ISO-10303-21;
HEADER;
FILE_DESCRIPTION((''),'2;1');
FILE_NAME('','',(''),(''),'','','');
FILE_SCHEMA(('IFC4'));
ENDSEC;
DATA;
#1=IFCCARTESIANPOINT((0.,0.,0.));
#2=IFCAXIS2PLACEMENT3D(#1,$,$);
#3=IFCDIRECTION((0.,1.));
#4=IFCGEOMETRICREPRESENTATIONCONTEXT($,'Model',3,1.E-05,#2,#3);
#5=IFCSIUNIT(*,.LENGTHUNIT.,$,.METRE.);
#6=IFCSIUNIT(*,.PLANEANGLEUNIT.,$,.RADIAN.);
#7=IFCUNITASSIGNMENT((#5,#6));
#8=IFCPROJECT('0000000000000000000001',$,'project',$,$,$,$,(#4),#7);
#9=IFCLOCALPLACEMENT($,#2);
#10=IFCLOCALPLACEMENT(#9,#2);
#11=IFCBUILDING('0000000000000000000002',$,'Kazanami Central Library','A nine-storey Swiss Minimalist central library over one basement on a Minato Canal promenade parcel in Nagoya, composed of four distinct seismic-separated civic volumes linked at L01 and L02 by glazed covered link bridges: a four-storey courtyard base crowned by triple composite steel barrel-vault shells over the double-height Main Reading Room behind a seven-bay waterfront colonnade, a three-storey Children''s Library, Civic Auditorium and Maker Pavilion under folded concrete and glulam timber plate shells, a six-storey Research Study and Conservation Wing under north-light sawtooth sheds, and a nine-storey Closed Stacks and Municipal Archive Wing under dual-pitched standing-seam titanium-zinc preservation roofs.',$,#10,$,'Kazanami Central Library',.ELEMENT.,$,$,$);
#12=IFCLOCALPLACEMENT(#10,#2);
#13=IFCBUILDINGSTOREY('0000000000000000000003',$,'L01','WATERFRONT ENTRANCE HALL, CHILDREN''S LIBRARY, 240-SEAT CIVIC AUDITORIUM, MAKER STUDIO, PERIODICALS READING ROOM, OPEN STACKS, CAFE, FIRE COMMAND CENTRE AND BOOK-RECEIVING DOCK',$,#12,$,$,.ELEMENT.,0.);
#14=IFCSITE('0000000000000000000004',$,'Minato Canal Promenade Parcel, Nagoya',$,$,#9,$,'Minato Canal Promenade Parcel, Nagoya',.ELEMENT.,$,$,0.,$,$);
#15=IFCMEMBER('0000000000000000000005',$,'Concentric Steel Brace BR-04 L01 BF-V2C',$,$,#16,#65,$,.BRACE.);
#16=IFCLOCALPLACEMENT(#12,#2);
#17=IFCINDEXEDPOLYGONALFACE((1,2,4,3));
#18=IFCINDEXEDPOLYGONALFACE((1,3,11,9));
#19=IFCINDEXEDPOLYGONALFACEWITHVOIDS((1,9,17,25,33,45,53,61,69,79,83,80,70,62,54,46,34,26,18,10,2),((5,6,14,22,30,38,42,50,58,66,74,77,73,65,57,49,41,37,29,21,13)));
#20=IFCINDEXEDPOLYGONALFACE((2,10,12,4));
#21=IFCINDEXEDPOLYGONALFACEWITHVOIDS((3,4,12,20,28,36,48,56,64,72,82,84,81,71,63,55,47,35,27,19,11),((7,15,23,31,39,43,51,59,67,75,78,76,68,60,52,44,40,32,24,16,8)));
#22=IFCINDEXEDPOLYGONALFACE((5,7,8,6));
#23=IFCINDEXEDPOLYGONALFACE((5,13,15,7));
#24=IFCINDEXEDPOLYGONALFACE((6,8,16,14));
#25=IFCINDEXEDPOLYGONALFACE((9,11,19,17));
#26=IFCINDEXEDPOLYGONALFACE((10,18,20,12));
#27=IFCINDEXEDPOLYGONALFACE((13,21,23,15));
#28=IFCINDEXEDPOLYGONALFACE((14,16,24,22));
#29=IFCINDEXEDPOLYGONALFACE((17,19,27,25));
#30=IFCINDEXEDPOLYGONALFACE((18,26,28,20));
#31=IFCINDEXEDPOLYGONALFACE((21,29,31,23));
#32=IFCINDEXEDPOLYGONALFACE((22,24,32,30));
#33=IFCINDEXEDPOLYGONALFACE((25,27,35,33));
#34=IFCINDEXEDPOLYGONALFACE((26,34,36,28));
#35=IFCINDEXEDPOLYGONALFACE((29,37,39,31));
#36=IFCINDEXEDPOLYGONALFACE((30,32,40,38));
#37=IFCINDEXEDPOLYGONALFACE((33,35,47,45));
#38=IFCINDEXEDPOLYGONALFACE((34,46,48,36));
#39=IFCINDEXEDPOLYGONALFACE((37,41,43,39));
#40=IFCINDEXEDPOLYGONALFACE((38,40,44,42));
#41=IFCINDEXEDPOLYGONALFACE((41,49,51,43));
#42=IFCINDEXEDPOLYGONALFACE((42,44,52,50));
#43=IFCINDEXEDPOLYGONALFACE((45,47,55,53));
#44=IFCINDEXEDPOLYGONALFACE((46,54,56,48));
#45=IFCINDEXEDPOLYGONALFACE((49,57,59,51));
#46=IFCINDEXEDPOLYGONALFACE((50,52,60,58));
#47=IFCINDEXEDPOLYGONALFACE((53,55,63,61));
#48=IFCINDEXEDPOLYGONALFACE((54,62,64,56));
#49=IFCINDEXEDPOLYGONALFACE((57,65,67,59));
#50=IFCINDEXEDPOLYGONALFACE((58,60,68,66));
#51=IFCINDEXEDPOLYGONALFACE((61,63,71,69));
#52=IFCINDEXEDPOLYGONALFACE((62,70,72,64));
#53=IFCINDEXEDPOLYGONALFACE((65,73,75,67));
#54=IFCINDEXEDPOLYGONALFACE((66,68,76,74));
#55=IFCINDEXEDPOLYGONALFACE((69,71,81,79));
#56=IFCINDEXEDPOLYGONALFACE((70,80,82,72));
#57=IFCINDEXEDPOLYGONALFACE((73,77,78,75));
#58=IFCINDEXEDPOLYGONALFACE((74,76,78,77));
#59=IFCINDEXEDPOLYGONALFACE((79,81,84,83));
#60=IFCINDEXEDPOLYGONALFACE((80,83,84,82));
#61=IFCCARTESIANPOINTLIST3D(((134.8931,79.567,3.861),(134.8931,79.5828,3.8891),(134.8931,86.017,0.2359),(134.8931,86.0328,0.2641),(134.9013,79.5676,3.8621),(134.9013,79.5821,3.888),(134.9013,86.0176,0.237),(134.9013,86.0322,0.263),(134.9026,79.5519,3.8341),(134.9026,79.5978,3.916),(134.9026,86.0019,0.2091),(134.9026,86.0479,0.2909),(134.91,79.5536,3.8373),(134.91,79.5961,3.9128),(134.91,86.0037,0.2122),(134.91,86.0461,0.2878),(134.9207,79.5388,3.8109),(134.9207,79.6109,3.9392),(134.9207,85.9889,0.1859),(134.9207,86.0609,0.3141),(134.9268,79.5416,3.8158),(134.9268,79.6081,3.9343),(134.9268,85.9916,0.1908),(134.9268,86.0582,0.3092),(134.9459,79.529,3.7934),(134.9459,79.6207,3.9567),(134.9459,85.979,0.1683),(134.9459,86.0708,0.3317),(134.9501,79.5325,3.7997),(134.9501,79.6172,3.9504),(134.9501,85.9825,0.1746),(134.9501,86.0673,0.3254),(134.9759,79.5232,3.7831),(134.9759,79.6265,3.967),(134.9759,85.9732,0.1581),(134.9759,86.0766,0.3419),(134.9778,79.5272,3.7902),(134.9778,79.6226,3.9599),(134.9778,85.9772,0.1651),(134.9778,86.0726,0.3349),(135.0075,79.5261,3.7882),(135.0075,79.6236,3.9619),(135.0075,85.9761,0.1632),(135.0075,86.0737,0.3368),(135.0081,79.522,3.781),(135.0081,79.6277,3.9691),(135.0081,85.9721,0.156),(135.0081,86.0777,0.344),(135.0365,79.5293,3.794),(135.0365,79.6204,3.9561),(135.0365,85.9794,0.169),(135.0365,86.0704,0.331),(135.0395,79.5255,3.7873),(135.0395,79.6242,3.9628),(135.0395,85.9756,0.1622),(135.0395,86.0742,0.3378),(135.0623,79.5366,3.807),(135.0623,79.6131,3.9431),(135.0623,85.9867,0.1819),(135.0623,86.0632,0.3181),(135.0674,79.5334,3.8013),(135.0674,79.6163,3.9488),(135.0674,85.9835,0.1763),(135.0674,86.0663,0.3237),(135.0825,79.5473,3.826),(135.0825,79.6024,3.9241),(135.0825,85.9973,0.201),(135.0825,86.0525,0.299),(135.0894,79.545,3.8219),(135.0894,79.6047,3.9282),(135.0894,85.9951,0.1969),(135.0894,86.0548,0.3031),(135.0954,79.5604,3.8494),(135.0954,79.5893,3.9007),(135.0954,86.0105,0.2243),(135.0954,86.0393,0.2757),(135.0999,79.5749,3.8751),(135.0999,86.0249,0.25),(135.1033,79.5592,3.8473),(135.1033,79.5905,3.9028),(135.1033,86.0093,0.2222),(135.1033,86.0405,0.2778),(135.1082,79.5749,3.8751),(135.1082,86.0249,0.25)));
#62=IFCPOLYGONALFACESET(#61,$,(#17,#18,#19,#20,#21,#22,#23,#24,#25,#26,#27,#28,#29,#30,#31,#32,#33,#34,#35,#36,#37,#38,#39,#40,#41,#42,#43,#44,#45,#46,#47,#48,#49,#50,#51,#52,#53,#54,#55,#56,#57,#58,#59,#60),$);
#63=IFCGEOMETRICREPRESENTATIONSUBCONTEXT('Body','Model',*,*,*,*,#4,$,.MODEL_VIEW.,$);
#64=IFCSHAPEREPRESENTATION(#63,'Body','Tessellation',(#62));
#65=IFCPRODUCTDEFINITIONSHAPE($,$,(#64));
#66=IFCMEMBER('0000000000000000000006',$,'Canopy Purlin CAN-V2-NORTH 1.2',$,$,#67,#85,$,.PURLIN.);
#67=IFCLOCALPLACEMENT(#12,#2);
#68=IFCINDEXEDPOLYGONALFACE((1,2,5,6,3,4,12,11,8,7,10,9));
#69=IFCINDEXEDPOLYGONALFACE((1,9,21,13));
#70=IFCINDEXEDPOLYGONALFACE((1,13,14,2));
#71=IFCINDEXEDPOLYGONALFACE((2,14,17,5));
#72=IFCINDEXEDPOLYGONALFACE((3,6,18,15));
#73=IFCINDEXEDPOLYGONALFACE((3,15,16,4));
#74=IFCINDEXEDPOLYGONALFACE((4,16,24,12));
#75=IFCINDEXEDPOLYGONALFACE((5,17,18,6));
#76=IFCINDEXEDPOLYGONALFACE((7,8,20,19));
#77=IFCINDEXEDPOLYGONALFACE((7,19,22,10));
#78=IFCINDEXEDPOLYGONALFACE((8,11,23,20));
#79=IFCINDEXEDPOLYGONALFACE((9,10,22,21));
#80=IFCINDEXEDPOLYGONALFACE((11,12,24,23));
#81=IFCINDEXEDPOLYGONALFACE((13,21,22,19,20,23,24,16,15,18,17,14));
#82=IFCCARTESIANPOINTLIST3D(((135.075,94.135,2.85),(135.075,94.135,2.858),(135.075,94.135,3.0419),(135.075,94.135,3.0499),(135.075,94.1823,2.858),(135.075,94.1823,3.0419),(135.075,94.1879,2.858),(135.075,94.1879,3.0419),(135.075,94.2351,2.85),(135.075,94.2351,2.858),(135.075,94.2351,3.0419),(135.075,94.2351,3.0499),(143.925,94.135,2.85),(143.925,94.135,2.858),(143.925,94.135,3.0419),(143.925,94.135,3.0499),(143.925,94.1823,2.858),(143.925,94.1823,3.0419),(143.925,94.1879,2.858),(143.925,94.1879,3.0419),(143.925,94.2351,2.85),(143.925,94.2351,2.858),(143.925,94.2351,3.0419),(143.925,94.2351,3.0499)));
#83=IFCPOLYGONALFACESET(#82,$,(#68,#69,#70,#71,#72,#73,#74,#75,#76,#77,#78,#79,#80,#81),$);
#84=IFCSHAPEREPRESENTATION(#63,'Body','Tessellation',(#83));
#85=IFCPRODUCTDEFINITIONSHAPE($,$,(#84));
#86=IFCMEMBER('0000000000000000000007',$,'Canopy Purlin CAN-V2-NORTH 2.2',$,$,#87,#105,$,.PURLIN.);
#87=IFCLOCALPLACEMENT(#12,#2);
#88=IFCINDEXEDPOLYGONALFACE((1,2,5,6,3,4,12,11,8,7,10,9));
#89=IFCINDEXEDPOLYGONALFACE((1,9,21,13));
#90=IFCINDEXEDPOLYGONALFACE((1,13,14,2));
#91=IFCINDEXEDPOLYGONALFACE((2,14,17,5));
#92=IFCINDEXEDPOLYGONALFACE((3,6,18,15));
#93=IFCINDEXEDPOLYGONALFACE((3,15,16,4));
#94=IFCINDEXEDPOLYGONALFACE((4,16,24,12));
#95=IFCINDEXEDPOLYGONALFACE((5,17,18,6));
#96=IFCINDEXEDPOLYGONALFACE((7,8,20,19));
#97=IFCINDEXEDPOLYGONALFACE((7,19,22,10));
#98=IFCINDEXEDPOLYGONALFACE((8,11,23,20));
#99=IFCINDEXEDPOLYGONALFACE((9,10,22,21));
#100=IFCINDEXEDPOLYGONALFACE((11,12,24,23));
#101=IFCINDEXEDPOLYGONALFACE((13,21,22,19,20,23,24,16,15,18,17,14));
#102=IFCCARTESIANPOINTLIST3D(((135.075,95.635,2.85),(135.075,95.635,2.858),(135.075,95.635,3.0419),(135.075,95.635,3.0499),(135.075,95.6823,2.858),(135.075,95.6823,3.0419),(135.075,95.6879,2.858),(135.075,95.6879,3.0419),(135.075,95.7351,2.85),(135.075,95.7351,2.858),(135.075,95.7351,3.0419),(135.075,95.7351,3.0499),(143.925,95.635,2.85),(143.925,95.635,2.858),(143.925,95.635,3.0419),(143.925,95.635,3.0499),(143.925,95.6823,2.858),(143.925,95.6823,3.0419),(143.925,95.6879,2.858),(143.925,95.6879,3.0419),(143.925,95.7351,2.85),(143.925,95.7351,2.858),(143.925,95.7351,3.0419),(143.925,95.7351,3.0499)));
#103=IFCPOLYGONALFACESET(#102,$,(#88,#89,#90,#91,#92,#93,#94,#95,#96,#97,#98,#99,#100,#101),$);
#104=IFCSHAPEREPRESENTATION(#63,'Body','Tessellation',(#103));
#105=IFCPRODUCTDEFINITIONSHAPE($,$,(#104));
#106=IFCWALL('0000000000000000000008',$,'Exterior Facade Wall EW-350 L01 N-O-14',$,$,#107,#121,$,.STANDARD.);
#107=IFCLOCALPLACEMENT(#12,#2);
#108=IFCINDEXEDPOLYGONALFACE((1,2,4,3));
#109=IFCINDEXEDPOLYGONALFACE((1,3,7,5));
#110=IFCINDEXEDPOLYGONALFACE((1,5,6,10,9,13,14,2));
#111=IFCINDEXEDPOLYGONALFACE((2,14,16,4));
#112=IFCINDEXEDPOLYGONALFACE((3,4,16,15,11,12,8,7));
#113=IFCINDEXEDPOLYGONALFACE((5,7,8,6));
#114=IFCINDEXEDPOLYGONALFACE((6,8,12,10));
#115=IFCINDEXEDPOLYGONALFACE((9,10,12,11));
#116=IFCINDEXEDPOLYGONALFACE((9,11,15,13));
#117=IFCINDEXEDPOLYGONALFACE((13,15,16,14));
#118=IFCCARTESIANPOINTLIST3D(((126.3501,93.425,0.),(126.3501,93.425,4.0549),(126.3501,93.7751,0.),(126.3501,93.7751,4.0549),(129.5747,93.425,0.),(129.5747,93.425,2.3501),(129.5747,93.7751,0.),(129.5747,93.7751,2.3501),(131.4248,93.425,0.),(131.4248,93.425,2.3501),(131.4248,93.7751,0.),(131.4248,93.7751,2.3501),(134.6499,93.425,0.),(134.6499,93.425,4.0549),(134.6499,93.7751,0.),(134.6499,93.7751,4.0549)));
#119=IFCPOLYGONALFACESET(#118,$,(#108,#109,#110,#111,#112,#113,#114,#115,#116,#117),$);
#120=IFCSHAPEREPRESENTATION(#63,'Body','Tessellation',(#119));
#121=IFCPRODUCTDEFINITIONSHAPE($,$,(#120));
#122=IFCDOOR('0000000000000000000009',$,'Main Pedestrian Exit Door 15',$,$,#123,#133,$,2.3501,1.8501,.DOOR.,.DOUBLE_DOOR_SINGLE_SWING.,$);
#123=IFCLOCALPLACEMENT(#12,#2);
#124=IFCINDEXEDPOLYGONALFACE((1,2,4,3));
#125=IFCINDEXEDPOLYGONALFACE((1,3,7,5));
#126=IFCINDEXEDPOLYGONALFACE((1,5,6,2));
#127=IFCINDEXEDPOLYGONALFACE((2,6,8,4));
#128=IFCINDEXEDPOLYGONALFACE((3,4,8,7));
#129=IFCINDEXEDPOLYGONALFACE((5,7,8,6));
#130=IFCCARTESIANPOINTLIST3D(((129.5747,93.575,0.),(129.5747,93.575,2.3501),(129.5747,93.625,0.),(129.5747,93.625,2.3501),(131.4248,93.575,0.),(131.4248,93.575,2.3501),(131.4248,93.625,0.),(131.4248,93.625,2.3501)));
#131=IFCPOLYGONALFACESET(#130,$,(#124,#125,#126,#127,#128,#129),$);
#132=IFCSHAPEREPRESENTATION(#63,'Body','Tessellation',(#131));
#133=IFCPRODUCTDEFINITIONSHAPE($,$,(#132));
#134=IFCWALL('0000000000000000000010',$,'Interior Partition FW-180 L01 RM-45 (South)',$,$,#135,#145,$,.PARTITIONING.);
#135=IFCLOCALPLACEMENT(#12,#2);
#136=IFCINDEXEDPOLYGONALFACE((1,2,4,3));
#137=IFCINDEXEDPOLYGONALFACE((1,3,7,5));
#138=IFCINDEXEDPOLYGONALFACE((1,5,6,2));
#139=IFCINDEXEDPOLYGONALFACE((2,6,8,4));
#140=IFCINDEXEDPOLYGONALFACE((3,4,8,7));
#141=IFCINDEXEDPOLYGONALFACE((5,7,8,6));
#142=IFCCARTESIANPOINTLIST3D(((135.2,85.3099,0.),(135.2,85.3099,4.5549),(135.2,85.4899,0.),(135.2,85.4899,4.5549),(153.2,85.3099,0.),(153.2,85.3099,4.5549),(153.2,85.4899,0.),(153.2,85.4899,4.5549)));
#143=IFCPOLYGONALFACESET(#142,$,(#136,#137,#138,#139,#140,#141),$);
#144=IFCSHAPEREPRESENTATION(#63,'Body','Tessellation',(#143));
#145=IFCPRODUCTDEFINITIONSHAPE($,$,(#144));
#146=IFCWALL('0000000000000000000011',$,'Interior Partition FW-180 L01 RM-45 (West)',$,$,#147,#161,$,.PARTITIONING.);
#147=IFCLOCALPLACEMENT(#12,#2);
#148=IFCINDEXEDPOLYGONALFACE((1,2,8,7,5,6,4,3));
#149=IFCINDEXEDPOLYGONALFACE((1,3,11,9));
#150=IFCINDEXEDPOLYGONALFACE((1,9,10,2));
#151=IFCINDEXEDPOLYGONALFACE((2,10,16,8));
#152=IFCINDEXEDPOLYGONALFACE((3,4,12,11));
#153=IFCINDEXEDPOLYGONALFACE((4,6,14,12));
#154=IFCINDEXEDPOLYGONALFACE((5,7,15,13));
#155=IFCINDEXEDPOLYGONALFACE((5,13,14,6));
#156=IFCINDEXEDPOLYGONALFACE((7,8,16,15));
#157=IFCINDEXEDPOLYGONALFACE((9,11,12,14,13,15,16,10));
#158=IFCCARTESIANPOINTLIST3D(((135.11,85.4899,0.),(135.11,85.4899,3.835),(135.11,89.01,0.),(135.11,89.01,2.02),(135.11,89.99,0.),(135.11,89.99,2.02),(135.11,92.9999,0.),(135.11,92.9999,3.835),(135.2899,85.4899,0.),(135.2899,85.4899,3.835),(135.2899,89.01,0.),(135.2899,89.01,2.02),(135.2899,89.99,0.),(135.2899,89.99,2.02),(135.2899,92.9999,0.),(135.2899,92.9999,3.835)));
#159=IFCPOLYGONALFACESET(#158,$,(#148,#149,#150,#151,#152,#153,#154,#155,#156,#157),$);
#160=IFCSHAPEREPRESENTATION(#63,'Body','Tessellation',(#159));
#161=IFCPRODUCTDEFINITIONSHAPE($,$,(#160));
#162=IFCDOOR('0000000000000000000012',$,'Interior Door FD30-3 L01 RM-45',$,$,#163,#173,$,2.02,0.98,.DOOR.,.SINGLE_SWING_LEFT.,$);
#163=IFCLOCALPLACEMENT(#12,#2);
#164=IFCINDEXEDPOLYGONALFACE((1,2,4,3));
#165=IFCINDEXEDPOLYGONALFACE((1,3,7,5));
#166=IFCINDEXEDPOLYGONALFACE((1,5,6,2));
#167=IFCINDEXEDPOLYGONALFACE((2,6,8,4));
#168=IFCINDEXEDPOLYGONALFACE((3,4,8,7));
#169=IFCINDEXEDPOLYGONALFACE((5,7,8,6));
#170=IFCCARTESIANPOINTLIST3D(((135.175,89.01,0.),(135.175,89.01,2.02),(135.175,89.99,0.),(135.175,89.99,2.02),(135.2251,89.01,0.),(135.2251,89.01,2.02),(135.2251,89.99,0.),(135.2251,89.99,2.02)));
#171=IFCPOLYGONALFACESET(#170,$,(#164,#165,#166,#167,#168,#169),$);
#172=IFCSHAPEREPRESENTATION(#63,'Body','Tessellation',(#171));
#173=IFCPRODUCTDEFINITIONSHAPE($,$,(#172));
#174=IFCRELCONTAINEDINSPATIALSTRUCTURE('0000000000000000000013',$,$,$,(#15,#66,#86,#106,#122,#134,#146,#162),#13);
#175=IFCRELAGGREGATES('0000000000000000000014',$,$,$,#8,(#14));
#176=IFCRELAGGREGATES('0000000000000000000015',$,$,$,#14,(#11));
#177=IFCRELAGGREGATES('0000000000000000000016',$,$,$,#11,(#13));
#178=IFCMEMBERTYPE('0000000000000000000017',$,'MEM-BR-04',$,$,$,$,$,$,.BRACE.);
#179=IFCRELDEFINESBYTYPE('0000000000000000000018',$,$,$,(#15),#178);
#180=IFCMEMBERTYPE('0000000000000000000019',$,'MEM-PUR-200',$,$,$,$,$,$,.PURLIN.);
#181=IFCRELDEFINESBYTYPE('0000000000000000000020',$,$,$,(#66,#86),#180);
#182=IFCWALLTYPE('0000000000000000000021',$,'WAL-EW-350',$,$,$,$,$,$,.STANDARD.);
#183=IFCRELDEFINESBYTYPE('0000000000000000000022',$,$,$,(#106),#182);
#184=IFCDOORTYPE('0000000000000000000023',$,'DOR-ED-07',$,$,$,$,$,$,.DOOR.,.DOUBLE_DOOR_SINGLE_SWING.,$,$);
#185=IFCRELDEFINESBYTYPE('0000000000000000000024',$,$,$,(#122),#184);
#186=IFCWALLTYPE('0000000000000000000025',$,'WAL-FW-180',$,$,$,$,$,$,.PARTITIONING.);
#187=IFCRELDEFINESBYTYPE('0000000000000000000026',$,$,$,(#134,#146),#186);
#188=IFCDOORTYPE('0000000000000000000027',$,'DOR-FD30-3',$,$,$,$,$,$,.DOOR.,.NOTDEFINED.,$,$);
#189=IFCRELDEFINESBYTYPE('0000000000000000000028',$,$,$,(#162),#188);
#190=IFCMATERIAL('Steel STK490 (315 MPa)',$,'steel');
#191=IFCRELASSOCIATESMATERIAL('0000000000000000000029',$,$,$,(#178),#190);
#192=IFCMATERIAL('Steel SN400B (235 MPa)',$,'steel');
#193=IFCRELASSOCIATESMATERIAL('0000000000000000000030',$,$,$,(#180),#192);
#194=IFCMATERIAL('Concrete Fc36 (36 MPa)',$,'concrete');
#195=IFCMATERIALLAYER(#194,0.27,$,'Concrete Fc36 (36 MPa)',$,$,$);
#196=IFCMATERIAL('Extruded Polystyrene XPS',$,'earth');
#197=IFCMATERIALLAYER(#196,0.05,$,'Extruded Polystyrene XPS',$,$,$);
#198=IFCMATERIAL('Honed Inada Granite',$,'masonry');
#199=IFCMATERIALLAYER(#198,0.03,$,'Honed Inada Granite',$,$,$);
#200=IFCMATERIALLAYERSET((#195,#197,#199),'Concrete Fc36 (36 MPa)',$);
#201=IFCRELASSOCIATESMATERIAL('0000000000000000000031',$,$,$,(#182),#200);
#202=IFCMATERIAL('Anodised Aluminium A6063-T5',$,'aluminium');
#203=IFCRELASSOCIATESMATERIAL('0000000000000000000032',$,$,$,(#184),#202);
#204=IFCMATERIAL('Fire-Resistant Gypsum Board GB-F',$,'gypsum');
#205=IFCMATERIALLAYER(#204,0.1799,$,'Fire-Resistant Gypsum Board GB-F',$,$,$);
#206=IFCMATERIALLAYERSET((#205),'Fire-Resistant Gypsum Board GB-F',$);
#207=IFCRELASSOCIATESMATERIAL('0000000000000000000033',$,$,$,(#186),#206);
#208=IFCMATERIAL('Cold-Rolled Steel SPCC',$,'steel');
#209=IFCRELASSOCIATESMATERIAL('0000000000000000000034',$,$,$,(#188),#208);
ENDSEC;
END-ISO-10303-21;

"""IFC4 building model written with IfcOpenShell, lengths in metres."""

from ifc_helpers import new_model, si_unit, direction, frame, frame_2d, origin, origin_2d, place, context, subcontext, project, spatial, rectangle, hollow_circle, i_section, extrude, material, layer, layer_set, material_profile, profile_set, type_object, element, fill, save


model = new_model("IFC4")

# Units and contexts
model_context = context("Model", 3, precision=1e-05, world=origin(), true_north=direction((0.0, 1.0)))
body_context = subcontext(model_context, "Body", "Model", "MODEL_VIEW")
ifc_project = project(units=[si_unit("LENGTHUNIT", "METRE"), si_unit("PLANEANGLEUNIT", "RADIAN")], contexts=[model_context])

# Site, building, storey
site_placement = place(None, origin())
site = spatial("IfcSite", under=ifc_project, at=site_placement, Name="Minato Canal Promenade Parcel, Nagoya", LongName="Minato Canal Promenade Parcel, Nagoya", CompositionType="ELEMENT", RefElevation=0.0)
building_placement = place(site_placement, origin())
building = spatial("IfcBuilding", under=site, at=building_placement, Name="Kazanami Central Library", Description="A nine-storey Swiss Minimalist central library over one basement on a Minato Canal promenade parcel in Nagoya, composed of four distinct seismic-separated civic volumes linked at L01 and L02 by glazed covered link bridges: a four-storey courtyard base crowned by triple composite steel barrel-vault shells over the double-height Main Reading Room behind a seven-bay waterfront colonnade, a three-storey Children's Library, Civic Auditorium and Maker Pavilion under folded concrete and glulam timber plate shells, a six-storey Research Study and Conservation Wing under north-light sawtooth sheds, and a nine-storey Closed Stacks and Municipal Archive Wing under dual-pitched standing-seam titanium-zinc preservation roofs.", LongName="Kazanami Central Library", CompositionType="ELEMENT")
storey_placement = place(building_placement, origin())
storey = spatial("IfcBuildingStorey", under=building, at=storey_placement, Name="L01", Description="WATERFRONT ENTRANCE HALL, CHILDREN'S LIBRARY, 240-SEAT CIVIC AUDITORIUM, MAKER STUDIO, PERIODICALS READING ROOM, OPEN STACKS, CAFE, FIRE COMMAND CENTRE AND BOOK-RECEIVING DOCK", CompositionType="ELEMENT", Elevation=0.0)

# Shared definitions
ifc_material_1 = material(Name="Steel STK490 (315 MPa)", Category="steel")

# Shared definitions
ifc_material_2 = material(Name="Steel SN400B (235 MPa)", Category="steel")

# Members
ifc_material_profile_1 = material_profile(ifc_material_1, hollow_circle(Radius=0.1082, WallThickness=0.0083, at=origin_2d()), Name="CHS-216.3x8.2")
ifc_profile_set_1 = profile_set([ifc_material_profile_1], Name="Steel STK490 (315 MPa)")
member_type_1 = type_object("IfcMemberType", Name="MEM-BR-04", PredefinedType="BRACE", material=ifc_profile_set_1)
member_placement = place(storey_placement, frame((135.0, 86.0249, 0.25), z_axis=(0.0, -0.871754, 0.489943), x_axis=(1.0, 0.0, 0.0)))
element("IfcMember", 1, at=member_placement, inside=storey, type_object=member_type_1, Name="Concentric Steel Brace BR-04 L01 BF-V2C", PredefinedType="BRACE", context=body_context, shape_type="SweptSolid", body=[
    extrude(hollow_circle(Radius=0.1082, WallThickness=0.0083, at=origin_2d()), origin(), (0.0, 0.0, 1.0), 7.3989),
])
ifc_material_profile_2 = material_profile(ifc_material_2, i_section(OverallWidth=0.1001, OverallDepth=0.2, WebThickness=0.0056, FlangeThickness=0.0081, at=origin_2d()), Name="H-200x100x5.5x8")
ifc_profile_set_2 = profile_set([ifc_material_profile_2], Name="Steel SN400B (235 MPa)")
member_type_2 = type_object("IfcMemberType", Name="MEM-PUR-200", PredefinedType="PURLIN", material=ifc_profile_set_2)
for number, where, z_axis, x_axis, name in (
    (2, (135.075, 94.1851, 2.95), (1.0, 0.0, 0.0), (0.0, 1.0, 0.0), "Canopy Purlin CAN-V2-NORTH 1.2"),
    (3, (135.075, 95.6851, 2.95), (1.0, 0.0, 0.0), (0.0, 1.0, 0.0), "Canopy Purlin CAN-V2-NORTH 2.2"),
):
    element("IfcMember", number, at=place(storey_placement, frame(where, z_axis=z_axis, x_axis=x_axis)), inside=storey, type_object=member_type_2, Name=name, PredefinedType="PURLIN", context=body_context, shape_type="SweptSolid", body=[
        extrude(i_section(OverallWidth=0.1001, OverallDepth=0.2, WebThickness=0.0056, FlangeThickness=0.0081, at=origin_2d()), origin(), (0.0, 0.0, 1.0), 8.8501),
    ])

# Wall, opening, door
ifc_material_3 = material(Name="Concrete Fc36 (36 MPa)", Category="concrete")
ifc_layer_1 = layer(ifc_material_3, 0.27, Name="Concrete Fc36 (36 MPa)")
ifc_material_4 = material(Name="Extruded Polystyrene XPS", Category="earth")
ifc_layer_2 = layer(ifc_material_4, 0.05, Name="Extruded Polystyrene XPS")
ifc_material_5 = material(Name="Honed Inada Granite", Category="masonry")
ifc_layer_3 = layer(ifc_material_5, 0.03, Name="Honed Inada Granite")
ifc_layer_set_1 = layer_set([ifc_layer_1, ifc_layer_2, ifc_layer_3], Name="Concrete Fc36 (36 MPa)")
wall_type_1 = type_object("IfcWallType", Name="WAL-EW-350", PredefinedType="STANDARD", material=ifc_layer_set_1)
wall_1_placement = place(storey_placement, frame((134.6499, 93.6001, 0.0), z_axis=(0.0, 0.0, 1.0), x_axis=(-1.0, 0.0, 0.0)))
wall_1 = element("IfcWall", 4, at=wall_1_placement, inside=storey, type_object=wall_type_1, Name="Exterior Facade Wall EW-350 L01 N-O-14", PredefinedType="STANDARD", context=body_context, shape_type="SweptSolid", body=[
    extrude(rectangle(XDim=8.2998, YDim=0.3501, at=frame_2d((4.1499, 0.0))), origin(), (0.0, 0.0, 1.0), 4.0549),
])
opening_1_placement = place(wall_1_placement, frame((3.2251, 0.0, 0.0)))
opening_1 = element("IfcOpeningElement", 5, at=opening_1_placement, cuts=wall_1, PredefinedType="OPENING", context=body_context, shape_type="SweptSolid", body=[
    extrude(rectangle(XDim=1.8501, YDim=2.3501, at=frame_2d((0.925, 1.175))), frame((0.0, 0.187, 0.0), z_axis=(0.0, -1.0, 0.0), x_axis=(1.0, 0.0, 0.0)), (0.0, 0.0, 1.0), 0.374),
])
ifc_material_6 = material(Name="Anodised Aluminium A6063-T5", Category="aluminium")
door_type_1 = type_object("IfcDoorType", Name="DOR-ED-07", OperationType="DOUBLE_DOOR_SINGLE_SWING", PredefinedType="DOOR", material=ifc_material_6)
door_1_placement = place(opening_1_placement, frame((1.8501, 0.0, 0.0), z_axis=(0.0, 0.0, 1.0), x_axis=(-1.0, 0.0, 0.0)))
door_1 = element("IfcDoor", 6, at=door_1_placement, inside=storey, type_object=door_type_1, Name="Main Pedestrian Exit Door 15", OperationType="DOUBLE_DOOR_SINGLE_SWING", OverallHeight=2.3501, OverallWidth=1.8501, PredefinedType="DOOR", context=body_context, shape_type="SweptSolid", body=[
    extrude(rectangle(XDim=1.8501, YDim=2.3501, at=frame_2d((0.925, 1.175))), frame((0.0, 0.0249, 0.0), z_axis=(0.0, -1.0, 0.0), x_axis=(1.0, 0.0, 0.0)), (0.0, 0.0, 1.0), 0.05),
])
fill(opening_1, door_1)

# Wall
ifc_material_7 = material(Name="Fire-Resistant Gypsum Board GB-F", Category="gypsum")
ifc_layer_4 = layer(ifc_material_7, 0.1799, Name="Fire-Resistant Gypsum Board GB-F")
ifc_layer_set_2 = layer_set([ifc_layer_4], Name="Fire-Resistant Gypsum Board GB-F")
wall_type_2 = type_object("IfcWallType", Name="WAL-FW-180", PredefinedType="PARTITIONING", material=ifc_layer_set_2)
wall_2_placement = place(storey_placement, frame((135.2, 85.3999, 0.0), z_axis=(0.0, 0.0, 1.0), x_axis=(1.0, 0.0, 0.0)))
element("IfcWall", 7, at=wall_2_placement, inside=storey, type_object=wall_type_2, Name="Interior Partition FW-180 L01 RM-45 (South)", PredefinedType="PARTITIONING", context=body_context, shape_type="SweptSolid", body=[
    extrude(rectangle(XDim=18.0, YDim=0.1799, at=frame_2d((9.0, 0.0))), origin(), (0.0, 0.0, 1.0), 4.5549),
])

# Wall, opening, door
wall_3_placement = place(storey_placement, frame((135.2, 85.49, 0.0), z_axis=(0.0, 0.0, 1.0), x_axis=(0.0, 1.0, 0.0)))
wall_3 = element("IfcWall", 8, at=wall_3_placement, inside=storey, type_object=wall_type_2, Name="Interior Partition FW-180 L01 RM-45 (West)", PredefinedType="PARTITIONING", context=body_context, shape_type="SweptSolid", body=[
    extrude(rectangle(XDim=7.51, YDim=0.1799, at=frame_2d((3.7549, 0.0))), origin(), (0.0, 0.0, 1.0), 3.835),
])
opening_2_placement = place(wall_3_placement, frame((3.52, 0.0, 0.0)))
opening_2 = element("IfcOpeningElement", 9, at=opening_2_placement, cuts=wall_3, PredefinedType="OPENING", context=body_context, shape_type="SweptSolid", body=[
    extrude(rectangle(XDim=0.98, YDim=2.02, at=frame_2d((0.49, 1.01))), frame((0.0, 0.1021, 0.0), z_axis=(0.0, -1.0, 0.0), x_axis=(1.0, 0.0, 0.0)), (0.0, 0.0, 1.0), 0.2039),
])
ifc_material_8 = material(Name="Cold-Rolled Steel SPCC", Category="steel")
door_type_2 = type_object("IfcDoorType", Name="DOR-FD30-3", OperationType="NOTDEFINED", PredefinedType="DOOR", material=ifc_material_8)
door_2_placement = place(opening_2_placement, origin())
door_2 = element("IfcDoor", 10, at=door_2_placement, inside=storey, type_object=door_type_2, Name="Interior Door FD30-3 L01 RM-45", OperationType="SINGLE_SWING_LEFT", OverallHeight=2.02, OverallWidth=0.98, PredefinedType="DOOR", context=body_context, shape_type="SweptSolid", body=[
    extrude(rectangle(XDim=0.98, YDim=2.02, at=frame_2d((0.49, 1.01))), frame((0.0, 0.0249, 0.0), z_axis=(0.0, -1.0, 0.0), x_axis=(1.0, 0.0, 0.0)), (0.0, 0.0, 1.0), 0.05),
])
fill(opening_2, door_2)

save(model, "model.ifc")
